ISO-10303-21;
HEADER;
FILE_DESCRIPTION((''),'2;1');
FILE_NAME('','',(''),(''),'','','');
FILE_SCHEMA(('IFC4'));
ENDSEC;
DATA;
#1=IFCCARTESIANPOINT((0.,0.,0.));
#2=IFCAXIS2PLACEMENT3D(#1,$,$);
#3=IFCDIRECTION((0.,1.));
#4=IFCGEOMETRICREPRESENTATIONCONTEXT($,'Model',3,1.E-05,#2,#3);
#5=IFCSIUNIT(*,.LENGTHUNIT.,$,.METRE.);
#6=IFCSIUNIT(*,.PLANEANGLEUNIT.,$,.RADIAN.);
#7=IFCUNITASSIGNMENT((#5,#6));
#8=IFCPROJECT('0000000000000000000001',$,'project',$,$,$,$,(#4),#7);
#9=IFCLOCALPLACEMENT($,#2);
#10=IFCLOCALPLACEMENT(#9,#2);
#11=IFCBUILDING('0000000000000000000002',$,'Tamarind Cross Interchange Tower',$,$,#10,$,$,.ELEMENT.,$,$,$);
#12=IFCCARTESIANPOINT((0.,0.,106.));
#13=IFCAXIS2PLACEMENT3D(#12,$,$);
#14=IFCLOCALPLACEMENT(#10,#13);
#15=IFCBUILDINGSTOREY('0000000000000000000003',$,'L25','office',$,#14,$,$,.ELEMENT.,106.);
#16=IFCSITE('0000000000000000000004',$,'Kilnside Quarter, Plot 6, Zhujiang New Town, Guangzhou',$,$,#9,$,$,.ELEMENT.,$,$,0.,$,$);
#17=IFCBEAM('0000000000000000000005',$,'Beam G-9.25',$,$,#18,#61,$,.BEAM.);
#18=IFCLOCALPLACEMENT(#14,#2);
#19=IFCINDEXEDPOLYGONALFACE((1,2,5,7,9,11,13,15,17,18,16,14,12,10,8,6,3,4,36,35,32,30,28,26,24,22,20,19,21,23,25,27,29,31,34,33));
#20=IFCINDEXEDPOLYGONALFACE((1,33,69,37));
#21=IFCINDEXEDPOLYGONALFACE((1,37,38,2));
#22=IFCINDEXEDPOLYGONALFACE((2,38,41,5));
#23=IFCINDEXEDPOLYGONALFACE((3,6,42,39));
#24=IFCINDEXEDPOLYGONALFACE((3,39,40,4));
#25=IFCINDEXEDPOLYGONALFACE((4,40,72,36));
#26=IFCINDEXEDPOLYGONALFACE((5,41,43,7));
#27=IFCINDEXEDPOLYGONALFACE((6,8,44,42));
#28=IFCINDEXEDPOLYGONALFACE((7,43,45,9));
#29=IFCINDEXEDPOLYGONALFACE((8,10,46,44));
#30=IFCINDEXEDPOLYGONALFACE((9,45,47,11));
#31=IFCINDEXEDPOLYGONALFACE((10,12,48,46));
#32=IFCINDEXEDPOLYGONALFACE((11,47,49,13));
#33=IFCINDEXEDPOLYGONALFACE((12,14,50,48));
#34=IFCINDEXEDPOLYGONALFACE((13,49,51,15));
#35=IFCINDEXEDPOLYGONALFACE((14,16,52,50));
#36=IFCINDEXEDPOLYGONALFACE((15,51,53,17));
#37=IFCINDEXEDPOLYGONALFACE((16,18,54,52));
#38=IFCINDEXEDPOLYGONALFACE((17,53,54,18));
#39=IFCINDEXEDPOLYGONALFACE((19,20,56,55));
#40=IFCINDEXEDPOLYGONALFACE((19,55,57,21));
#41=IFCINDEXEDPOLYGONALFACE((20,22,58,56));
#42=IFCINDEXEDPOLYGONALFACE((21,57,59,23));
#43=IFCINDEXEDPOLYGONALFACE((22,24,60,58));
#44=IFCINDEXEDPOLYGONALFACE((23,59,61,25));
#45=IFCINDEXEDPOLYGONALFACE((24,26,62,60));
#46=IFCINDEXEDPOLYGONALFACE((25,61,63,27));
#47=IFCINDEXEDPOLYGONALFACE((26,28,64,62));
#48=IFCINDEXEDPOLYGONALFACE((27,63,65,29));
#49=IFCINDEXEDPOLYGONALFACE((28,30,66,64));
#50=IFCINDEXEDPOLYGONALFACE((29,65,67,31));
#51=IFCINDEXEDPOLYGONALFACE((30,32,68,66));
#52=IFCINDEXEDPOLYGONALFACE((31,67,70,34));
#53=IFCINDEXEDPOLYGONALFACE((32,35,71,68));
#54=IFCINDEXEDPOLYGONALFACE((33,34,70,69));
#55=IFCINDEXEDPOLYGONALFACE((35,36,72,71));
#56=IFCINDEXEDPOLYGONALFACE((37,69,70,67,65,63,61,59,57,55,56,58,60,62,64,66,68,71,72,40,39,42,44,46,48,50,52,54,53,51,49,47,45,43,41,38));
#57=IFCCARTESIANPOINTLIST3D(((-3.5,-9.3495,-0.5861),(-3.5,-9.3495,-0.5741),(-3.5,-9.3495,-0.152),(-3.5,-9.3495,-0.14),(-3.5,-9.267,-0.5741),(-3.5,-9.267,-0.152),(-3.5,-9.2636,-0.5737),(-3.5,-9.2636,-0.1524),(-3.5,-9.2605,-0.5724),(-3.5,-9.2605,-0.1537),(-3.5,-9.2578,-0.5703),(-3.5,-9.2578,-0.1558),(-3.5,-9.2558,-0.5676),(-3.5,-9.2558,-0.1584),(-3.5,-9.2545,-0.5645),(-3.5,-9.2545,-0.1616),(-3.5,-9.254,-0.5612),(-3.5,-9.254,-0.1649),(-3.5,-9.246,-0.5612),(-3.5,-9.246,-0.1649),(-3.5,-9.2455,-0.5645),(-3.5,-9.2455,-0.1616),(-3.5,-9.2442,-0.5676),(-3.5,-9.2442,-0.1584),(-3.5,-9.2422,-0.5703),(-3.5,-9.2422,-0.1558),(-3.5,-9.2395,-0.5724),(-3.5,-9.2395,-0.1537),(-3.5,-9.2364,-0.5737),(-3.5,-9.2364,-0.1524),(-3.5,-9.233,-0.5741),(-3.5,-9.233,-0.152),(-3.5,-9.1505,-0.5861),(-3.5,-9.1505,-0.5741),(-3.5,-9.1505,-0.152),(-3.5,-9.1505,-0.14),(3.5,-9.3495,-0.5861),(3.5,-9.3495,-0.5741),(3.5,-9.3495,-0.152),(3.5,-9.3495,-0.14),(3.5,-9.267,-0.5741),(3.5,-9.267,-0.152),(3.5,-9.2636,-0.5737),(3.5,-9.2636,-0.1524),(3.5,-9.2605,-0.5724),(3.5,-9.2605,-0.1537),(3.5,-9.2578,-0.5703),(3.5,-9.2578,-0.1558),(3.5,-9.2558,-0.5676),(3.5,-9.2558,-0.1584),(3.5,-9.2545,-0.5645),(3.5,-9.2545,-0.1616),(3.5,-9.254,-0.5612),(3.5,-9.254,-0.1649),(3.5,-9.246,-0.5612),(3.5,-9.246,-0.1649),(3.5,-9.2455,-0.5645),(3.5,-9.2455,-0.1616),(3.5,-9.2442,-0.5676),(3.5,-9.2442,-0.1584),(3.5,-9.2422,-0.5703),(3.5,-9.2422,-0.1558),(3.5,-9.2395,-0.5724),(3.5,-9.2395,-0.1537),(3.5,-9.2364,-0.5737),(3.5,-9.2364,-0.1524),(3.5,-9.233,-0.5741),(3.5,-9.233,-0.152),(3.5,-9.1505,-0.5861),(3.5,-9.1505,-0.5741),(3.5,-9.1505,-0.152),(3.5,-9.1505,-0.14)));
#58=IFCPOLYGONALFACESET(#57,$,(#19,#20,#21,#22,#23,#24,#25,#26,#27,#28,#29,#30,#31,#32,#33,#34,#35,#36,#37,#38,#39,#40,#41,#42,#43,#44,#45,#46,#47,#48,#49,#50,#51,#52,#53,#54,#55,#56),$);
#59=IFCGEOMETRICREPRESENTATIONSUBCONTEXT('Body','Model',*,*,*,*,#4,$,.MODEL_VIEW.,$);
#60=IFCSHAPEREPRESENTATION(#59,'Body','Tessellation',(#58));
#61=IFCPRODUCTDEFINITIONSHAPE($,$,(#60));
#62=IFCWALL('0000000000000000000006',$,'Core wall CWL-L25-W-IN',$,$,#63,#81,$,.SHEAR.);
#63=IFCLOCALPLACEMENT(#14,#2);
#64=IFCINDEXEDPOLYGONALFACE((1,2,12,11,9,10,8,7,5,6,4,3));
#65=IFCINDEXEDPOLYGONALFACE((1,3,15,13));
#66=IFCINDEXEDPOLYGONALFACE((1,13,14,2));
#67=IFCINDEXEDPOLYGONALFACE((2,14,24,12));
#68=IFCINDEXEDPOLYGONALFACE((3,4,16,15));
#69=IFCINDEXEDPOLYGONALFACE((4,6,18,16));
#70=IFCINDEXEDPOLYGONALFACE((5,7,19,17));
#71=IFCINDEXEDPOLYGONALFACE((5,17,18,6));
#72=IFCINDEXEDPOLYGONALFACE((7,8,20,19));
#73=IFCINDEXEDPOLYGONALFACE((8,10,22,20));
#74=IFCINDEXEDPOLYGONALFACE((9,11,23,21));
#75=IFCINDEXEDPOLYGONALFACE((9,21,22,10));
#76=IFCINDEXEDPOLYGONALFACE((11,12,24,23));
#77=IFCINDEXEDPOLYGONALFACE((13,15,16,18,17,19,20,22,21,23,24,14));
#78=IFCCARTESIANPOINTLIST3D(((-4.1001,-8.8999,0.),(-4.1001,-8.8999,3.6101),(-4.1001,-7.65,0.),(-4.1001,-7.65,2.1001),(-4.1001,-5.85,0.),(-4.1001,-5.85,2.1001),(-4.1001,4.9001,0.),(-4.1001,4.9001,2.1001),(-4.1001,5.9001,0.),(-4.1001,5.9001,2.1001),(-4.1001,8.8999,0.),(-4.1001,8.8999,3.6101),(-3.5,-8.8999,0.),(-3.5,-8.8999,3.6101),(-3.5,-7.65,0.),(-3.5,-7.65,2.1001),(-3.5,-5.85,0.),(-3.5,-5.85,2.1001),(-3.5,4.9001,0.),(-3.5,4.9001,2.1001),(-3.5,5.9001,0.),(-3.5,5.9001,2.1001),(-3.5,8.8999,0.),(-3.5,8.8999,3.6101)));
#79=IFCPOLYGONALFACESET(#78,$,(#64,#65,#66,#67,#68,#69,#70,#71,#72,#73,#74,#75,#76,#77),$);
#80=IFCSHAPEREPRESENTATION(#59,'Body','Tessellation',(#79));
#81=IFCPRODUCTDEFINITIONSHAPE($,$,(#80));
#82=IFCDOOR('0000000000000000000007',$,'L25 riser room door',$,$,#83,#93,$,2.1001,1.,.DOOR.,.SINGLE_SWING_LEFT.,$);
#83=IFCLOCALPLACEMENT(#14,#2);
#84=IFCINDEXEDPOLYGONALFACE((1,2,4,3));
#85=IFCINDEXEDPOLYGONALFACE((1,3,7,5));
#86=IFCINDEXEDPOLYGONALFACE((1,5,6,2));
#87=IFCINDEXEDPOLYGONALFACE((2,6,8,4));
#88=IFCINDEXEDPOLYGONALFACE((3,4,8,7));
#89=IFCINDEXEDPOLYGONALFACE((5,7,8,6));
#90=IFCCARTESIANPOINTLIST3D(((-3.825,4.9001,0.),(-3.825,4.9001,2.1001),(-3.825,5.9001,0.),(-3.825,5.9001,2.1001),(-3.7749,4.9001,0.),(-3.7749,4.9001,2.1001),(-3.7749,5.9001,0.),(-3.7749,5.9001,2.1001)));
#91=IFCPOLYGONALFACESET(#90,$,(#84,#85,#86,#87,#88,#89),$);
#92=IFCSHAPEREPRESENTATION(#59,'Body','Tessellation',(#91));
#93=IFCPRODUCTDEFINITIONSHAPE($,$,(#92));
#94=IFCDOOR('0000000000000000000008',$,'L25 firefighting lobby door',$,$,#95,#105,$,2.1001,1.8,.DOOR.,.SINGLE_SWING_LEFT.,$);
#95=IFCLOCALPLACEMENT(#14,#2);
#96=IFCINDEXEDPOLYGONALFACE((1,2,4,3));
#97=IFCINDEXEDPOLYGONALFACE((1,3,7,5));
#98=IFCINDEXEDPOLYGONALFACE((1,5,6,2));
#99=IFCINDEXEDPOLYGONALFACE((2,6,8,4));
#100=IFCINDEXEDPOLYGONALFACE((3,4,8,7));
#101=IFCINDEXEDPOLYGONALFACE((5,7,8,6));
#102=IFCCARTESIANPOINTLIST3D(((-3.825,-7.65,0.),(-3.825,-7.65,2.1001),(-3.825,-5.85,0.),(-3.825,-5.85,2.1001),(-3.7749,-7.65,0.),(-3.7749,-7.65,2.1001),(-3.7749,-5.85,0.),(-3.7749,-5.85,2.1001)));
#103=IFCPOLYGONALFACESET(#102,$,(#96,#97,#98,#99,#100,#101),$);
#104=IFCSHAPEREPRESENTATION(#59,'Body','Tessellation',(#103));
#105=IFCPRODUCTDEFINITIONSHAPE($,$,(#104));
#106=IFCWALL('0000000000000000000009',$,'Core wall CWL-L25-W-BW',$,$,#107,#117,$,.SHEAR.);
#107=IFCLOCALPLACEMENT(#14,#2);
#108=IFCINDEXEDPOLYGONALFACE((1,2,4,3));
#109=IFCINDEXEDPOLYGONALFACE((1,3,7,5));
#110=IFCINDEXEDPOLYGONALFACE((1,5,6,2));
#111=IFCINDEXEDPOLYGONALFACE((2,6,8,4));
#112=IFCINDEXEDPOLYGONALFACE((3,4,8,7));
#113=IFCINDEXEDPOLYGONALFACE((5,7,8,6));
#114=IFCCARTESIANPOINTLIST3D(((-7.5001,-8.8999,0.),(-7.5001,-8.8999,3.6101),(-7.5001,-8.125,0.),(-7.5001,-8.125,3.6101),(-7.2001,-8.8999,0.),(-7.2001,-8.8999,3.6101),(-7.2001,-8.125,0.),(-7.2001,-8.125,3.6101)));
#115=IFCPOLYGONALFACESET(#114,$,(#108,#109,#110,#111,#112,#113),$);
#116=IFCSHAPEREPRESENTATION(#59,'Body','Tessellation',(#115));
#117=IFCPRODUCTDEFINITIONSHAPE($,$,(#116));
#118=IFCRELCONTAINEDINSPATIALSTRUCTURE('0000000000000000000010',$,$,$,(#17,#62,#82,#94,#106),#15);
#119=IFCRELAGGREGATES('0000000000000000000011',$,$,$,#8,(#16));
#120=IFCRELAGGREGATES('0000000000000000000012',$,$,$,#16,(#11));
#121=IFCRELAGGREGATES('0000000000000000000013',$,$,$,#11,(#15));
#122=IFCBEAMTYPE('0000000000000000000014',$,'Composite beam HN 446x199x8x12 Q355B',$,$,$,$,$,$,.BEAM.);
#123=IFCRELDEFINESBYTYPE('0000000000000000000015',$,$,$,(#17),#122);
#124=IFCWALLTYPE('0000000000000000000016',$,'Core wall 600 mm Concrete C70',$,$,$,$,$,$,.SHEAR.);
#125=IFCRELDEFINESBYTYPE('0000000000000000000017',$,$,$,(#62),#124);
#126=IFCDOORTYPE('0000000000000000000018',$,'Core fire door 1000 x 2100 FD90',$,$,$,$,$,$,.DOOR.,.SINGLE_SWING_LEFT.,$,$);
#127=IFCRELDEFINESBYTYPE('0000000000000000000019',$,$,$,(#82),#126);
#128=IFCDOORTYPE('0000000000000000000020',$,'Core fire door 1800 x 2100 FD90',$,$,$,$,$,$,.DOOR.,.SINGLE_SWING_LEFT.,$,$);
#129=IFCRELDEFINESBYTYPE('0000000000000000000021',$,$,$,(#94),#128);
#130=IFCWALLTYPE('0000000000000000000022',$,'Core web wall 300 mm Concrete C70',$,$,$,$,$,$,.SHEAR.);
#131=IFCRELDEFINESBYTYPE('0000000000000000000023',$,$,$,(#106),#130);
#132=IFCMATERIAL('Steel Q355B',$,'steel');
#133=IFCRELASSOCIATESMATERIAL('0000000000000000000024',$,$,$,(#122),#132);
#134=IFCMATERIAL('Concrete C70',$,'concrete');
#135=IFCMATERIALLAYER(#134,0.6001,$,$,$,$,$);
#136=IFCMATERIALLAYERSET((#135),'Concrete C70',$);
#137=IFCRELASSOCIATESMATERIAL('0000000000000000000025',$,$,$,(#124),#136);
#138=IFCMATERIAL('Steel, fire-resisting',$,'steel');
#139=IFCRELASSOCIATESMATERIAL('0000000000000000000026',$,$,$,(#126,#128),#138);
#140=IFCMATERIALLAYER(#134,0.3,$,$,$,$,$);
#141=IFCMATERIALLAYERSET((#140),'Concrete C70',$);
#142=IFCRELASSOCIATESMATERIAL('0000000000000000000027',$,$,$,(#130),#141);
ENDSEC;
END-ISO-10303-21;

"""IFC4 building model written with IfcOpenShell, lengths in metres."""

from ifc_helpers import new_model, si_unit, direction, frame, frame_2d, origin, origin_2d, place, context, subcontext, project, spatial, rectangle, i_section, extrude, material, layer, layer_set, material_profile, profile_set, type_object, element, fill, save


model = new_model("IFC4")

# Units and contexts
model_context = context("Model", 3, precision=1e-05, world=origin(), true_north=direction((0.0, 1.0)))
body_context = subcontext(model_context, "Body", "Model", "MODEL_VIEW")
ifc_project = project(units=[si_unit("LENGTHUNIT", "METRE"), si_unit("PLANEANGLEUNIT", "RADIAN")], contexts=[model_context])

# Site, building, storey
site_placement = place(None, origin())
site = spatial("IfcSite", under=ifc_project, at=site_placement, Name="Kilnside Quarter, Plot 6, Zhujiang New Town, Guangzhou", CompositionType="ELEMENT", RefElevation=0.0)
building_placement = place(site_placement, origin())
building = spatial("IfcBuilding", under=site, at=building_placement, Name="Tamarind Cross Interchange Tower", CompositionType="ELEMENT")
storey_placement = place(building_placement, frame((0.0, 0.0, 106.0)))
storey = spatial("IfcBuildingStorey", under=building, at=storey_placement, Name="L25", Description="office", CompositionType="ELEMENT", Elevation=106.0)

# Beam
ifc_material_1 = material(Name="Steel Q355B", Category="steel")
ifc_material_profile = material_profile(ifc_material_1, i_section(OverallWidth=0.199, OverallDepth=0.446, WebThickness=0.0081, FlangeThickness=0.012, FilletRadius=0.0129, at=origin_2d()), Name="HN 446x199x8x12")
ifc_profile_set = profile_set([ifc_material_profile], Name="Steel Q355B")
beam_type = type_object("IfcBeamType", Name="Composite beam HN 446x199x8x12 Q355B", PredefinedType="BEAM", material=ifc_profile_set)
beam_placement = place(storey_placement, frame((-3.5, -9.25, -0.363), z_axis=(1.0, 0.0, 0.0), x_axis=(0.0, 1.0, 0.0)))
element("IfcBeam", 1, at=beam_placement, inside=storey, type_object=beam_type, Name="Beam G-9.25", PredefinedType="BEAM", context=body_context, shape_type="SweptSolid", body=[
    extrude(i_section(OverallWidth=0.199, OverallDepth=0.446, WebThickness=0.0081, FlangeThickness=0.012, FilletRadius=0.0129, at=origin_2d()), origin(), (0.0, 0.0, 1.0), 7.0),
])

# Wall, openings, doors
ifc_material_2 = material(Name="Concrete C70", Category="concrete")
ifc_layer_1 = layer(ifc_material_2, 0.6001)
ifc_layer_set_1 = layer_set([ifc_layer_1], Name="Concrete C70")
wall_type_1 = type_object("IfcWallType", Name="Core wall 600 mm Concrete C70", PredefinedType="SHEAR", material=ifc_layer_set_1)
wall_1_placement = place(storey_placement, frame((-3.8, -8.8999, 0.0), z_axis=(0.0, 0.0, 1.0), x_axis=(0.0, 1.0, 0.0)))
wall_1 = element("IfcWall", 2, at=wall_1_placement, inside=storey, type_object=wall_type_1, Name="Core wall CWL-L25-W-IN", PredefinedType="SHEAR", context=body_context, shape_type="SweptSolid", body=[
    extrude(rectangle(XDim=17.7998, YDim=0.6001, at=frame_2d((8.8999, 0.0))), origin(), (0.0, 0.0, 1.0), 3.6101),
])
opening_1_placement = place(wall_1_placement, frame((1.25, 0.0, 0.0)))
opening_1 = element("IfcOpeningElement", 3, at=opening_1_placement, cuts=wall_1, PredefinedType="OPENING", context=body_context, shape_type="SweptSolid", body=[
    extrude(rectangle(XDim=1.8, YDim=2.1001, at=frame_2d((0.8999, 1.05))), frame((0.0, 0.3101, 0.0), z_axis=(0.0, -1.0, 0.0), x_axis=(1.0, 0.0, 0.0)), (0.0, 0.0, 1.0), 0.6201),
])
opening_2_placement = place(wall_1_placement, frame((13.8, 0.0, 0.0)))
opening_2 = element("IfcOpeningElement", 4, at=opening_2_placement, cuts=wall_1, PredefinedType="OPENING", context=body_context, shape_type="SweptSolid", body=[
    extrude(rectangle(XDim=1.0, YDim=2.1001, at=frame_2d((0.5, 1.05))), frame((0.0, 0.3101, 0.0), z_axis=(0.0, -1.0, 0.0), x_axis=(1.0, 0.0, 0.0)), (0.0, 0.0, 1.0), 0.6201),
])
ifc_material_3 = material(Name="Steel, fire-resisting", Category="steel")
door_type_1 = type_object("IfcDoorType", Name="Core fire door 1000 x 2100 FD90", OperationType="SINGLE_SWING_LEFT", PredefinedType="DOOR", material=ifc_material_3)
door_1_placement = place(opening_2_placement, origin())
door_1 = element("IfcDoor", 5, at=door_1_placement, inside=storey, type_object=door_type_1, Name="L25 riser room door", OperationType="SINGLE_SWING_LEFT", OverallHeight=2.1001, OverallWidth=1.0, PredefinedType="DOOR", context=body_context, shape_type="SweptSolid", body=[
    extrude(rectangle(XDim=1.0, YDim=2.1001, at=frame_2d((0.5, 1.05))), frame((0.0, 0.0249, 0.0), z_axis=(0.0, -1.0, 0.0), x_axis=(1.0, 0.0, 0.0)), (0.0, 0.0, 1.0), 0.05),
])
fill(opening_2, door_1)
door_type_2 = type_object("IfcDoorType", Name="Core fire door 1800 x 2100 FD90", OperationType="SINGLE_SWING_LEFT", PredefinedType="DOOR", material=ifc_material_3)
door_2_placement = place(opening_1_placement, origin())
door_2 = element("IfcDoor", 6, at=door_2_placement, inside=storey, type_object=door_type_2, Name="L25 firefighting lobby door", OperationType="SINGLE_SWING_LEFT", OverallHeight=2.1001, OverallWidth=1.8, PredefinedType="DOOR", context=body_context, shape_type="SweptSolid", body=[
    extrude(rectangle(XDim=1.8, YDim=2.1001, at=frame_2d((0.8999, 1.05))), frame((0.0, 0.0249, 0.0), z_axis=(0.0, -1.0, 0.0), x_axis=(1.0, 0.0, 0.0)), (0.0, 0.0, 1.0), 0.05),
])
fill(opening_1, door_2)

# Wall
ifc_layer_2 = layer(ifc_material_2, 0.3)
ifc_layer_set_2 = layer_set([ifc_layer_2], Name="Concrete C70")
wall_type_2 = type_object("IfcWallType", Name="Core web wall 300 mm Concrete C70", PredefinedType="SHEAR", material=ifc_layer_set_2)
wall_2_placement = place(storey_placement, frame((-7.3501, -8.8999, 0.0), z_axis=(0.0, 0.0, 1.0), x_axis=(0.0, 1.0, 0.0)))
element("IfcWall", 7, at=wall_2_placement, inside=storey, type_object=wall_type_2, Name="Core wall CWL-L25-W-BW", PredefinedType="SHEAR", context=body_context, shape_type="SweptSolid", body=[
    extrude(rectangle(XDim=0.7749, YDim=0.3, at=frame_2d((0.3875, 0.0))), origin(), (0.0, 0.0, 1.0), 3.6101),
])

save(model, "model.ifc")
